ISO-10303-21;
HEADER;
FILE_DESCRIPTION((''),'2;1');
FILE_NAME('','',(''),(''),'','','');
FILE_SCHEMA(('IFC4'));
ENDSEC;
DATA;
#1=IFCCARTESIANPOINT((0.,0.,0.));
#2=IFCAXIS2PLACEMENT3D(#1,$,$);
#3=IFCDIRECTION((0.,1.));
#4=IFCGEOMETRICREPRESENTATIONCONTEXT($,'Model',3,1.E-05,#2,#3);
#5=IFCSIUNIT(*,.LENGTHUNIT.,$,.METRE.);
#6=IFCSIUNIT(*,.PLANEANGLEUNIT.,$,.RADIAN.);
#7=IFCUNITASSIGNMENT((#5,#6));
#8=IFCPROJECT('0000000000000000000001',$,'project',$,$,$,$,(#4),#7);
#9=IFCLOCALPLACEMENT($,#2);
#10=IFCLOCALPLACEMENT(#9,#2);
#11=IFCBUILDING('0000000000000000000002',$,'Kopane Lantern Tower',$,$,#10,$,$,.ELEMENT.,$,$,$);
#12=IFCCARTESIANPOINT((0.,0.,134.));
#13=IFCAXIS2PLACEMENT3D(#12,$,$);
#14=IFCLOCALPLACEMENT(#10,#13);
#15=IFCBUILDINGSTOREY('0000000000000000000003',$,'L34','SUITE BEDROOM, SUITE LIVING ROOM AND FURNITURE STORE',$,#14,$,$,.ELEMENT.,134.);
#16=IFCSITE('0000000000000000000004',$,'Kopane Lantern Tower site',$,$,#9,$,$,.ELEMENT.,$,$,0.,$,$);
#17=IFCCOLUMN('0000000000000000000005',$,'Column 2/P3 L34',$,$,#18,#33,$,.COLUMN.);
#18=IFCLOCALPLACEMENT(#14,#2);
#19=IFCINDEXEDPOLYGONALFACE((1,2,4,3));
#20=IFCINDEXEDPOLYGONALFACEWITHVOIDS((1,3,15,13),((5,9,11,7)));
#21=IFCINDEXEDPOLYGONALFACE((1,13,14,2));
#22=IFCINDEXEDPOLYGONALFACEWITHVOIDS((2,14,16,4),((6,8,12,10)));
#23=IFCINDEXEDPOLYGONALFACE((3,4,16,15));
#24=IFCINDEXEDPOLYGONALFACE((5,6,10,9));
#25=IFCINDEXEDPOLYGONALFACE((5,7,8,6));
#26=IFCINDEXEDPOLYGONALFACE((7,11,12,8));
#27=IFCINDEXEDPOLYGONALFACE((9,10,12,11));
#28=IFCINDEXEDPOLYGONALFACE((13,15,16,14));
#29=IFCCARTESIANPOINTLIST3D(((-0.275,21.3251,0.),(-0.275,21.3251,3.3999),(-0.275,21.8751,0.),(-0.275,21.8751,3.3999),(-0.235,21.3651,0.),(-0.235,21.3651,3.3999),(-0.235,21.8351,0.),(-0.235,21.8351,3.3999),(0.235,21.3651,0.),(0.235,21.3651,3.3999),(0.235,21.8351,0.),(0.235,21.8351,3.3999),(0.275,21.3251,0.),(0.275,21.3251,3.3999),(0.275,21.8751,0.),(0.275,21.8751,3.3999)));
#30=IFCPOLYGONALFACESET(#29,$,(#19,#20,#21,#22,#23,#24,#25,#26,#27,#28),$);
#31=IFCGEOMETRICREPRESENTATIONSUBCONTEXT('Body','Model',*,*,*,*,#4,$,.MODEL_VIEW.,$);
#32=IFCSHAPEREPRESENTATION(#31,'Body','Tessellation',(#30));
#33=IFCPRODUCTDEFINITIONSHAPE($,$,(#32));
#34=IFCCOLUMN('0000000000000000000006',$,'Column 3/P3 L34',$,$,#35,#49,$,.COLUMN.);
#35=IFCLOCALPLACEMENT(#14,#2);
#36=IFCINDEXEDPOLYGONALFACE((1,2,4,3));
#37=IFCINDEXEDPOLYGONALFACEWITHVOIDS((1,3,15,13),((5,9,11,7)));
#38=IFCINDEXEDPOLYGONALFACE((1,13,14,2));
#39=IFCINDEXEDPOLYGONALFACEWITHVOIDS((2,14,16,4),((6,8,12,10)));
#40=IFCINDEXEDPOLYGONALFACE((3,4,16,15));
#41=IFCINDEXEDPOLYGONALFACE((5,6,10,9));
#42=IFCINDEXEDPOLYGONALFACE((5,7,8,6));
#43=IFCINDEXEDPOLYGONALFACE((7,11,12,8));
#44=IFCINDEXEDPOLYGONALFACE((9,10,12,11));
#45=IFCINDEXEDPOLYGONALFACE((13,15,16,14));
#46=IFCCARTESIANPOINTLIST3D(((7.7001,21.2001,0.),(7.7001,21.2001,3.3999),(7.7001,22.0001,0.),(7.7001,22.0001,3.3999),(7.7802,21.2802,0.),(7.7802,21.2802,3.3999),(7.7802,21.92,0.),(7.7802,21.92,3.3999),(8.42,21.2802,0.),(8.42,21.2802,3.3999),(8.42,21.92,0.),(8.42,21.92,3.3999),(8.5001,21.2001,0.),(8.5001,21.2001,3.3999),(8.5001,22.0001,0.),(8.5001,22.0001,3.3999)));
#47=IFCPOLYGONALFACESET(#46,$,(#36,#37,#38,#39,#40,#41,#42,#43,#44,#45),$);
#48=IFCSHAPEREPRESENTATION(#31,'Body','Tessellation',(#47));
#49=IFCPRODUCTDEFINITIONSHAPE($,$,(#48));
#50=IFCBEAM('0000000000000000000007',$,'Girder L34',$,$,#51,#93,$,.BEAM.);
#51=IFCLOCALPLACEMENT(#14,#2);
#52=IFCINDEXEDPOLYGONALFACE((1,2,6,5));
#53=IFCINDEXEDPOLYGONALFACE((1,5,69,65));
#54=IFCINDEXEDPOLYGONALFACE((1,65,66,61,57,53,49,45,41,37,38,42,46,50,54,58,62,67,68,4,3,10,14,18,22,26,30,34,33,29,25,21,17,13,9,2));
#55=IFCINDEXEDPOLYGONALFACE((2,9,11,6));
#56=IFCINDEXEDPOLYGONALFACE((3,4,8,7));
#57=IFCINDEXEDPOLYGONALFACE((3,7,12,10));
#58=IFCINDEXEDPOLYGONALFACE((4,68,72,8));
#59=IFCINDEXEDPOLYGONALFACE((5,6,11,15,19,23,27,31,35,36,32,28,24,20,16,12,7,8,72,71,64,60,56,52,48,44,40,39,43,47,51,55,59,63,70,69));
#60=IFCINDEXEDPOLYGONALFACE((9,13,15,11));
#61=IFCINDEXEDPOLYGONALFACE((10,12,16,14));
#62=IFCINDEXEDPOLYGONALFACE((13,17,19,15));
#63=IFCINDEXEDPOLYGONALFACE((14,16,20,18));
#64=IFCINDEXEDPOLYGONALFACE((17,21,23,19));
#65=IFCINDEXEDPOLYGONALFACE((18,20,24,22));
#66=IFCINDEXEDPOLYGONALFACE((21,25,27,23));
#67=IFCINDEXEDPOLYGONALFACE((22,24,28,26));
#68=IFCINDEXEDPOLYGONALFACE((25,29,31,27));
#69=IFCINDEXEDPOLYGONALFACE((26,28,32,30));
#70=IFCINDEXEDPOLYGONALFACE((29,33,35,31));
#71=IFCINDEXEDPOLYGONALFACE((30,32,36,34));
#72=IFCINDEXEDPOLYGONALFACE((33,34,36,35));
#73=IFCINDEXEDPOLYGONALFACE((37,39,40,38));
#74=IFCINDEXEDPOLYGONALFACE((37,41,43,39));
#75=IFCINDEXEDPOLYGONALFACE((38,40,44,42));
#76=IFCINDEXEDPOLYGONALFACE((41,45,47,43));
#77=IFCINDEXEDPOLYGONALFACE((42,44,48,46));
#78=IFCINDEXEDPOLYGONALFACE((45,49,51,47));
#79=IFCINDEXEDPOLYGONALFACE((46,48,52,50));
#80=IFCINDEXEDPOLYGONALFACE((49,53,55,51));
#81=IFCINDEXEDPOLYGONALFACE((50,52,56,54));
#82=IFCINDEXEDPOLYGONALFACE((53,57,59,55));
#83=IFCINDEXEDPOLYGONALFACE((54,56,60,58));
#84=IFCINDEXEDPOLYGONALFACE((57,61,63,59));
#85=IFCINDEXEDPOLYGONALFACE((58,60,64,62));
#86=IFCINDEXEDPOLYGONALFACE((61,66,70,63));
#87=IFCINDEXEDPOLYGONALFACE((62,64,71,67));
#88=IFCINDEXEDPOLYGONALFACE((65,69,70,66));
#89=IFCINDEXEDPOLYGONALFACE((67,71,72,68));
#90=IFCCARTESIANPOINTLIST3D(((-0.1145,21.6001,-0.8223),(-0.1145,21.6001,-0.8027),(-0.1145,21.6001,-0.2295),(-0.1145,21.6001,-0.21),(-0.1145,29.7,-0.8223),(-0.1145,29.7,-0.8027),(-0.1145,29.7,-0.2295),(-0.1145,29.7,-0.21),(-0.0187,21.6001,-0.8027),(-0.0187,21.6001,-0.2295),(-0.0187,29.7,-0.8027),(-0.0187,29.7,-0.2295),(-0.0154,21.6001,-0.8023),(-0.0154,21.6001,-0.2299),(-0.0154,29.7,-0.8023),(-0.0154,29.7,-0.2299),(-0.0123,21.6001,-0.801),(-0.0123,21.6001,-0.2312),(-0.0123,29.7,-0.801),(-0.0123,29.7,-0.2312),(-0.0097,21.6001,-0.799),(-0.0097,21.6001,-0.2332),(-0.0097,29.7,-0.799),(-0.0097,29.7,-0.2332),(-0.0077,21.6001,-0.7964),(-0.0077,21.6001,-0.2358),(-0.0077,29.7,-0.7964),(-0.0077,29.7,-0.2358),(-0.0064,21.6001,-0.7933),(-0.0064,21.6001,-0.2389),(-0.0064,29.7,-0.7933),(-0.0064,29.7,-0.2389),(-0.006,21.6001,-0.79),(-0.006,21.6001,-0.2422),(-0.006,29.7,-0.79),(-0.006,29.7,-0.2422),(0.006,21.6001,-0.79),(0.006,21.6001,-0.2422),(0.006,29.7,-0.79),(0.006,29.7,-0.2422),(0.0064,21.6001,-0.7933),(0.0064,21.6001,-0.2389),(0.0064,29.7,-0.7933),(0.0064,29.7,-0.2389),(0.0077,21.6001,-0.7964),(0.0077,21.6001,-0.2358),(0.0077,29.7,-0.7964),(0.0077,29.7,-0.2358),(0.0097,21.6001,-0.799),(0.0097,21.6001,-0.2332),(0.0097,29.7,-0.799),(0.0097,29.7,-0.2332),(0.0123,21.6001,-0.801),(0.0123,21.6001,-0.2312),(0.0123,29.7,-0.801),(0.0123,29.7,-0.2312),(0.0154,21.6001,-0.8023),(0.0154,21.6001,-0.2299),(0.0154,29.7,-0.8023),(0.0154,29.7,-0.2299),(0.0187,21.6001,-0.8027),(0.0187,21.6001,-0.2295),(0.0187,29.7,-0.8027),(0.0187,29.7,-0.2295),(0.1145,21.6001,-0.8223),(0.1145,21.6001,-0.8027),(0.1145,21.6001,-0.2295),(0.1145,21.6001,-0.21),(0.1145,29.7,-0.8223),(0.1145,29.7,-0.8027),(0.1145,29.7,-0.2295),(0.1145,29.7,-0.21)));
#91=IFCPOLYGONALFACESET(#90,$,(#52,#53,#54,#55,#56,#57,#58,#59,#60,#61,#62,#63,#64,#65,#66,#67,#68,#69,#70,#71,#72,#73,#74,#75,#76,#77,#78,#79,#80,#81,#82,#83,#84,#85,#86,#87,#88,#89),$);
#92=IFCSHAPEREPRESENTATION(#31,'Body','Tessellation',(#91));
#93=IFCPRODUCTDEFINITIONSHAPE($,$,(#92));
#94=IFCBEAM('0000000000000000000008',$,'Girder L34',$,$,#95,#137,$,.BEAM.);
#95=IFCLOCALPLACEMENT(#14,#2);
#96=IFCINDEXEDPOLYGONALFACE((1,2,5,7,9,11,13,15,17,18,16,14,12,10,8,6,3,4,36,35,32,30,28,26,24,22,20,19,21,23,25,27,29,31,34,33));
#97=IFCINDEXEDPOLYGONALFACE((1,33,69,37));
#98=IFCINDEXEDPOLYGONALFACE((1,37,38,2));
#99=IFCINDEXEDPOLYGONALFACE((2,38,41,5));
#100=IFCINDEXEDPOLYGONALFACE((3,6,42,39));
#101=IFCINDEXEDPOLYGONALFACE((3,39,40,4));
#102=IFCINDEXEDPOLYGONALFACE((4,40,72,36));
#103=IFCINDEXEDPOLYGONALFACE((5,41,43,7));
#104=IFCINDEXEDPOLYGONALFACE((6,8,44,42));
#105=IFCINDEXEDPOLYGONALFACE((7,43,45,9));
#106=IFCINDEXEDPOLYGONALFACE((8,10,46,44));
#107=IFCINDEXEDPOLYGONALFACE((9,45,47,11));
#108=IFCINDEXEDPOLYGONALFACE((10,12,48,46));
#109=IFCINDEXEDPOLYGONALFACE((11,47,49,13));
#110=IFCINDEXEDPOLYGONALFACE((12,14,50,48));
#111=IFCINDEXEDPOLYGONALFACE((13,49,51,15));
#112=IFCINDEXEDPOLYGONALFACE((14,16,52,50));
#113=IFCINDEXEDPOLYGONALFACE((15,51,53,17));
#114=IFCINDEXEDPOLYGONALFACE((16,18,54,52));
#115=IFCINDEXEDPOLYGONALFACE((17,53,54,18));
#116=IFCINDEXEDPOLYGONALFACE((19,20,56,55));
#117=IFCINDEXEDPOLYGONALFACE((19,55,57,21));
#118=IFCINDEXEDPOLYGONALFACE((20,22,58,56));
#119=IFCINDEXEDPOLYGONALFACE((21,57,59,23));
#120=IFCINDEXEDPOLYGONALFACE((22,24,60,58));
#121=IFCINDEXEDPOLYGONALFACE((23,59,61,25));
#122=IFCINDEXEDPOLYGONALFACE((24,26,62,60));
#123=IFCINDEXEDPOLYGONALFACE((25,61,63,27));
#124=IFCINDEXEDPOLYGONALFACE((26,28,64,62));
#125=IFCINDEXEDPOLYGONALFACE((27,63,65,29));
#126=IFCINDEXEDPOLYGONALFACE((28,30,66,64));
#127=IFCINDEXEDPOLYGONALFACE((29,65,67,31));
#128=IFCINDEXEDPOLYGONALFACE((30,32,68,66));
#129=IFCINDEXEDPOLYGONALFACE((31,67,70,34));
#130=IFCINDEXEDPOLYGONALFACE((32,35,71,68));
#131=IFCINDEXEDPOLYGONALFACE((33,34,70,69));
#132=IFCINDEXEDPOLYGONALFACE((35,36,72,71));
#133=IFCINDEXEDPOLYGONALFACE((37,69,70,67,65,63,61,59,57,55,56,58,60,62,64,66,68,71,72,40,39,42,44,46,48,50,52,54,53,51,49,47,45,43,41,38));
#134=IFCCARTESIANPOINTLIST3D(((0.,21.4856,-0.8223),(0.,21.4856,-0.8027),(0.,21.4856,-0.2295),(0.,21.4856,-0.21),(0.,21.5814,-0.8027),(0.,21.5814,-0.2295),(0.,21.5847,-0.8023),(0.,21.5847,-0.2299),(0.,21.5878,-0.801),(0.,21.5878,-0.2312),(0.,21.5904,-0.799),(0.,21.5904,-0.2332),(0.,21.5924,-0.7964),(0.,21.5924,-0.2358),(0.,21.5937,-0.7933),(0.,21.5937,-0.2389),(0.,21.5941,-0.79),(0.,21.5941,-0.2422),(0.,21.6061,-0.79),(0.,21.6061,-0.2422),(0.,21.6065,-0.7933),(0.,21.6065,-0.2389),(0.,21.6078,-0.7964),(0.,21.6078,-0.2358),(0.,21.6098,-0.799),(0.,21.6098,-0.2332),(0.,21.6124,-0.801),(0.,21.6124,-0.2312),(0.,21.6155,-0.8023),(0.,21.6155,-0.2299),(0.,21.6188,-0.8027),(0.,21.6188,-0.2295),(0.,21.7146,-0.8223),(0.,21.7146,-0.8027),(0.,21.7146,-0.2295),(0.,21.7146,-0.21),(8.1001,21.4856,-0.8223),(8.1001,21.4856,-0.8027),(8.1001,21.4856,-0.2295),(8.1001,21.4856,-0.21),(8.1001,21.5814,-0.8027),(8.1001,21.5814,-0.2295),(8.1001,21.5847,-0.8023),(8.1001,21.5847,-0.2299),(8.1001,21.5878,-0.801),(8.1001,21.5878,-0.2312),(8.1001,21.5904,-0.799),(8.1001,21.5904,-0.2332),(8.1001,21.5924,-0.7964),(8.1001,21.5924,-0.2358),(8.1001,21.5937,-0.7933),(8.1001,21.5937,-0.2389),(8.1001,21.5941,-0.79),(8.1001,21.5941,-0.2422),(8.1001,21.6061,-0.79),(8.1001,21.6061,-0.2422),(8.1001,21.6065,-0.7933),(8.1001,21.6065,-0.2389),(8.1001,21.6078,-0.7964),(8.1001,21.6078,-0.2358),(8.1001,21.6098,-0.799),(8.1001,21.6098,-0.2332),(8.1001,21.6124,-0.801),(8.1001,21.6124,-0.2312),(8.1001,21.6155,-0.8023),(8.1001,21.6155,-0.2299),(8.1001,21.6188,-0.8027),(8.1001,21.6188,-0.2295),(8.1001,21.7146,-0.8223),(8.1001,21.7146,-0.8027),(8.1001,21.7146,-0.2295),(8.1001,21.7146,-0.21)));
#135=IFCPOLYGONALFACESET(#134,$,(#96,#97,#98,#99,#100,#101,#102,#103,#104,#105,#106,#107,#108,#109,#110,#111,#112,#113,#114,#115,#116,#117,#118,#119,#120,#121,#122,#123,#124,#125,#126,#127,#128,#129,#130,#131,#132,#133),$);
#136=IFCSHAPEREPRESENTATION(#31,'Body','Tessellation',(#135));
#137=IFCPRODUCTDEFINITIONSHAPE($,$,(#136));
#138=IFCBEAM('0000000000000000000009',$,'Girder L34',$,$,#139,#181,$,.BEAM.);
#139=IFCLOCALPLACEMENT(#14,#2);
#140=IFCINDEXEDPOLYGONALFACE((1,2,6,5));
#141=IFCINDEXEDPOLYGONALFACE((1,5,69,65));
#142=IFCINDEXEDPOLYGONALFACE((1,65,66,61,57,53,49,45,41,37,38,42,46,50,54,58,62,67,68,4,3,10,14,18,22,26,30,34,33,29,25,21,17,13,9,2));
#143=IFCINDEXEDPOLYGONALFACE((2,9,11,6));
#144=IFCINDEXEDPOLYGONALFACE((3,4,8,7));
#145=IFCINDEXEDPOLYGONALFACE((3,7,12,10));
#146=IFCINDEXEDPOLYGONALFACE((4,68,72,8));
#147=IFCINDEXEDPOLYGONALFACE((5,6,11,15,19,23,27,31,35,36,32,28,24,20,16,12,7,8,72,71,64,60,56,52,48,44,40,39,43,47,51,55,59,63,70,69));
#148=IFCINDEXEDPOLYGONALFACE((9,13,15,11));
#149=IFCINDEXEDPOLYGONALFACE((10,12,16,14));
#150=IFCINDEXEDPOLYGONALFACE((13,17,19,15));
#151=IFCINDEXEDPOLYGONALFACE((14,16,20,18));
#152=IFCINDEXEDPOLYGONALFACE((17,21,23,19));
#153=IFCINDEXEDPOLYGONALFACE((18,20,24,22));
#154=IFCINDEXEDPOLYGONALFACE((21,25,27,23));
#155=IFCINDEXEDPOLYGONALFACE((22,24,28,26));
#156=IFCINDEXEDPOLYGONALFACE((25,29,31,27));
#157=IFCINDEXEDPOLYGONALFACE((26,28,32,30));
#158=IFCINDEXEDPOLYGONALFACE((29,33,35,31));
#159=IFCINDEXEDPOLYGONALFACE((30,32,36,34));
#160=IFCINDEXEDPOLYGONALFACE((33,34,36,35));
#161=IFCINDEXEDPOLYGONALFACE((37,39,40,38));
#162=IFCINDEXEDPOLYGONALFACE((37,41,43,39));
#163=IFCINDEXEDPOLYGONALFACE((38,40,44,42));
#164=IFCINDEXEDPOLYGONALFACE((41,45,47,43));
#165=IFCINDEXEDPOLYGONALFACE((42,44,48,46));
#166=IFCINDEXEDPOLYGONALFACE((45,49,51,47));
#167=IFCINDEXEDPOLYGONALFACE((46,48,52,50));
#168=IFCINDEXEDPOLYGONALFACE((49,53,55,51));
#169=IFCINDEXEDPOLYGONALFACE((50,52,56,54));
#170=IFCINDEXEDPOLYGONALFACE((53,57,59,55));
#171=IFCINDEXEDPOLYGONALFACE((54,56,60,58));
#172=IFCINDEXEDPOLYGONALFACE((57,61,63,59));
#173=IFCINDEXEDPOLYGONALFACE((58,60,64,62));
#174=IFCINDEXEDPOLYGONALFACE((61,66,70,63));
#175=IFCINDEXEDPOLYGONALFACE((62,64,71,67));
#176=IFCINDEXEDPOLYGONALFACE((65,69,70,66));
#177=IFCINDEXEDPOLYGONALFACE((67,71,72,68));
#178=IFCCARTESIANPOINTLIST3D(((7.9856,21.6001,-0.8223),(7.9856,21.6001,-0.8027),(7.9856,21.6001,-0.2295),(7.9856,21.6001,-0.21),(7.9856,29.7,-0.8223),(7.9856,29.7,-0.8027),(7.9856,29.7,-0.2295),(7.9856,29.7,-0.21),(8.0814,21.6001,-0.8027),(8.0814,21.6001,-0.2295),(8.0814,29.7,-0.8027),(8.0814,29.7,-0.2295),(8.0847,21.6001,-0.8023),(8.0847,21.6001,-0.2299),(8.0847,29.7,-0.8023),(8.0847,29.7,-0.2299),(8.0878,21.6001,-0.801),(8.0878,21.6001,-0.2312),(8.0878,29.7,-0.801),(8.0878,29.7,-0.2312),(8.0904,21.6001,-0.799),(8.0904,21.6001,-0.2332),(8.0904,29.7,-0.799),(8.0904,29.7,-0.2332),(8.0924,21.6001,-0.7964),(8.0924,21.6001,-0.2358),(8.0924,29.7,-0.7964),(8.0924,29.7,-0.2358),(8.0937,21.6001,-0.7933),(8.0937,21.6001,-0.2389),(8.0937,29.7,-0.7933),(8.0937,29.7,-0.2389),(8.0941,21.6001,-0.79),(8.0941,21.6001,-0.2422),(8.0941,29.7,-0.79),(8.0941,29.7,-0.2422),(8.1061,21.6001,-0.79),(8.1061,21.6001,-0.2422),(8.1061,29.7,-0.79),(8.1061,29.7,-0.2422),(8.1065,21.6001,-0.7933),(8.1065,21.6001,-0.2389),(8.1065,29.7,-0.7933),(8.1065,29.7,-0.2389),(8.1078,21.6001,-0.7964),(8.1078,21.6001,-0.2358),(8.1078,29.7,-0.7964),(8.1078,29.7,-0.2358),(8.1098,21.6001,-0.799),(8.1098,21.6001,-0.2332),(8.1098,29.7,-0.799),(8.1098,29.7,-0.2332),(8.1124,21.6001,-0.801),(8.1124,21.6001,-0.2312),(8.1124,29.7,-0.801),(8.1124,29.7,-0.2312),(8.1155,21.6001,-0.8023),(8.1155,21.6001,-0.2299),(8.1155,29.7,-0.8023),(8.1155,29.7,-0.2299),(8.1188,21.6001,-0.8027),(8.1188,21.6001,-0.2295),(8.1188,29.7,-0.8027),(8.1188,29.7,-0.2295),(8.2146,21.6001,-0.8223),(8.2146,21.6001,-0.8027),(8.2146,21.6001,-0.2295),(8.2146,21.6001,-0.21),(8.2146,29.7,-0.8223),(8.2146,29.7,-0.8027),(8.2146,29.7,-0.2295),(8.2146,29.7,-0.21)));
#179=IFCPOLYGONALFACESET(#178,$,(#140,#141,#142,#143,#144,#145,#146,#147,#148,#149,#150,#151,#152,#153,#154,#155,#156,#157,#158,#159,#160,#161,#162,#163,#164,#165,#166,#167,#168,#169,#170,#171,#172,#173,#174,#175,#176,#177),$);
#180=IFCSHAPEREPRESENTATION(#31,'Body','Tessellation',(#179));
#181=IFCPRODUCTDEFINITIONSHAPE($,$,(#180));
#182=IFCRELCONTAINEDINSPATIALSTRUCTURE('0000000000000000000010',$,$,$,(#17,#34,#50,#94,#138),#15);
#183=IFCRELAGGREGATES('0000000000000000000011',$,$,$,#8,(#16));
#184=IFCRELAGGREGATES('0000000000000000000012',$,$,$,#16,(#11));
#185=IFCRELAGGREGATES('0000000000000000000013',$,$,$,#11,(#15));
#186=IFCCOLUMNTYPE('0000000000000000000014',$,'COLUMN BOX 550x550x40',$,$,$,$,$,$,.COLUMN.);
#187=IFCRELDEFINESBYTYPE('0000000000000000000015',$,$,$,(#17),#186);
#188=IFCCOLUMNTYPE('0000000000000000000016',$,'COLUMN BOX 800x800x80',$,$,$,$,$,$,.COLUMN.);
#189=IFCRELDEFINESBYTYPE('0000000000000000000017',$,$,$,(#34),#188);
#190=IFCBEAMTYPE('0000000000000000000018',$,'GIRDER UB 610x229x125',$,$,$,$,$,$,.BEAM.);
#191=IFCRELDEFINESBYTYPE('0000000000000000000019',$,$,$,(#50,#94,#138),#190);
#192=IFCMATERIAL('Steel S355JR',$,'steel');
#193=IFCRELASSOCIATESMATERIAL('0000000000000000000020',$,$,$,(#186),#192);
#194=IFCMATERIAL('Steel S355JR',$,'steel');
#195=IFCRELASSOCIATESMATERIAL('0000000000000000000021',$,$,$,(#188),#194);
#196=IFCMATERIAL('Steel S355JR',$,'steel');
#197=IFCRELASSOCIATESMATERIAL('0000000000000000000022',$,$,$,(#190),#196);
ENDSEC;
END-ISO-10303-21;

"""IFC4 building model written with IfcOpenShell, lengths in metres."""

from ifc_helpers import new_model, si_unit, direction, frame, origin, origin_2d, place, context, subcontext, project, spatial, hollow_rectangle, i_section, extrude, material, material_profile, profile_set, type_object, element, save


model = new_model("IFC4")

# Units and contexts
model_context = context("Model", 3, precision=1e-05, world=origin(), true_north=direction((0.0, 1.0)))
body_context = subcontext(model_context, "Body", "Model", "MODEL_VIEW")
ifc_project = project(units=[si_unit("LENGTHUNIT", "METRE"), si_unit("PLANEANGLEUNIT", "RADIAN")], contexts=[model_context])

# Site, building, storey
site_placement = place(None, origin())
site = spatial("IfcSite", under=ifc_project, at=site_placement, Name="Kopane Lantern Tower site", CompositionType="ELEMENT", RefElevation=0.0)
building_placement = place(site_placement, origin())
building = spatial("IfcBuilding", under=site, at=building_placement, Name="Kopane Lantern Tower", CompositionType="ELEMENT")
storey_placement = place(building_placement, frame((0.0, 0.0, 134.0)))
storey = spatial("IfcBuildingStorey", under=building, at=storey_placement, Name="L34", Description="SUITE BEDROOM, SUITE LIVING ROOM AND FURNITURE STORE", CompositionType="ELEMENT", Elevation=134.0)

# Columns
ifc_material_1 = material(Name="Steel S355JR", Category="steel")
ifc_material_profile_1 = material_profile(ifc_material_1, hollow_rectangle(XDim=0.55, YDim=0.55, WallThickness=0.04, at=origin_2d()), Name="BOX 550x550x40")
ifc_profile_set_1 = profile_set([ifc_material_profile_1], Name="Steel S355JR")
column_type_1 = type_object("IfcColumnType", Name="COLUMN BOX 550x550x40", PredefinedType="COLUMN", material=ifc_profile_set_1)
column_1_placement = place(storey_placement, frame((0.0, 21.6001, 0.0), z_axis=(0.0, 0.0, 1.0), x_axis=(1.0, 0.0, 0.0)))
element("IfcColumn", 1, at=column_1_placement, inside=storey, type_object=column_type_1, Name="Column 2/P3 L34", PredefinedType="COLUMN", context=body_context, shape_type="SweptSolid", body=[
    extrude(hollow_rectangle(XDim=0.55, YDim=0.55, WallThickness=0.04, at=origin_2d()), origin(), (0.0, 0.0, 1.0), 3.3999),
])
ifc_material_2 = material(Name="Steel S355JR", Category="steel")
ifc_material_profile_2 = material_profile(ifc_material_2, hollow_rectangle(XDim=0.8, YDim=0.8, WallThickness=0.0801, at=origin_2d()), Name="BOX 800x800x80")
ifc_profile_set_2 = profile_set([ifc_material_profile_2], Name="Steel S355JR")
column_type_2 = type_object("IfcColumnType", Name="COLUMN BOX 800x800x80", PredefinedType="COLUMN", material=ifc_profile_set_2)
column_2_placement = place(storey_placement, frame((8.1001, 21.6001, 0.0), z_axis=(0.0, 0.0, 1.0), x_axis=(1.0, 0.0, 0.0)))
element("IfcColumn", 2, at=column_2_placement, inside=storey, type_object=column_type_2, Name="Column 3/P3 L34", PredefinedType="COLUMN", context=body_context, shape_type="SweptSolid", body=[
    extrude(hollow_rectangle(XDim=0.8, YDim=0.8, WallThickness=0.0801, at=origin_2d()), origin(), (0.0, 0.0, 1.0), 3.3999),
])

# Beams
ifc_material_3 = material(Name="Steel S355JR", Category="steel")
ifc_material_profile_3 = material_profile(ifc_material_3, i_section(OverallWidth=0.229, OverallDepth=0.6123, WebThickness=0.012, FlangeThickness=0.0195, FilletRadius=0.0127, at=origin_2d()), Name="UB 610x229x125")
ifc_profile_set_3 = profile_set([ifc_material_profile_3], Name="Steel S355JR")
beam_type = type_object("IfcBeamType", Name="GIRDER UB 610x229x125", PredefinedType="BEAM", material=ifc_profile_set_3)
beam_1_placement = place(storey_placement, frame((0.0, 21.6001, -0.5161), z_axis=(0.0, 1.0, 0.0), x_axis=(-1.0, 0.0, 0.0)))
element("IfcBeam", 3, at=beam_1_placement, inside=storey, type_object=beam_type, Name="Girder L34", PredefinedType="BEAM", context=body_context, shape_type="SweptSolid", body=[
    extrude(i_section(OverallWidth=0.229, OverallDepth=0.6123, WebThickness=0.012, FlangeThickness=0.0195, FilletRadius=0.0127, at=origin_2d()), origin(), (0.0, 0.0, 1.0), 8.0999),
])
beam_2_placement = place(storey_placement, frame((0.0, 21.6001, -0.5161), z_axis=(1.0, 0.0, 0.0), x_axis=(0.0, 1.0, 0.0)))
element("IfcBeam", 4, at=beam_2_placement, inside=storey, type_object=beam_type, Name="Girder L34", PredefinedType="BEAM", context=body_context, shape_type="SweptSolid", body=[
    extrude(i_section(OverallWidth=0.229, OverallDepth=0.6123, WebThickness=0.012, FlangeThickness=0.0195, FilletRadius=0.0127, at=origin_2d()), origin(), (0.0, 0.0, 1.0), 8.1001),
])
for number, where, z_axis, x_axis, name in (
    (5, (8.1001, 21.6001, -0.5161), (0.0, 1.0, 0.0), (-1.0, 0.0, 0.0), "Girder L34"),
):
    element("IfcBeam", number, at=place(storey_placement, frame(where, z_axis=z_axis, x_axis=x_axis)), inside=storey, type_object=beam_type, Name=name, PredefinedType="BEAM", context=body_context, shape_type="SweptSolid", body=[
        extrude(i_section(OverallWidth=0.229, OverallDepth=0.6123, WebThickness=0.012, FlangeThickness=0.0195, FilletRadius=0.0127, at=origin_2d()), origin(), (0.0, 0.0, 1.0), 8.0999),
    ])

save(model, "model.ifc")
